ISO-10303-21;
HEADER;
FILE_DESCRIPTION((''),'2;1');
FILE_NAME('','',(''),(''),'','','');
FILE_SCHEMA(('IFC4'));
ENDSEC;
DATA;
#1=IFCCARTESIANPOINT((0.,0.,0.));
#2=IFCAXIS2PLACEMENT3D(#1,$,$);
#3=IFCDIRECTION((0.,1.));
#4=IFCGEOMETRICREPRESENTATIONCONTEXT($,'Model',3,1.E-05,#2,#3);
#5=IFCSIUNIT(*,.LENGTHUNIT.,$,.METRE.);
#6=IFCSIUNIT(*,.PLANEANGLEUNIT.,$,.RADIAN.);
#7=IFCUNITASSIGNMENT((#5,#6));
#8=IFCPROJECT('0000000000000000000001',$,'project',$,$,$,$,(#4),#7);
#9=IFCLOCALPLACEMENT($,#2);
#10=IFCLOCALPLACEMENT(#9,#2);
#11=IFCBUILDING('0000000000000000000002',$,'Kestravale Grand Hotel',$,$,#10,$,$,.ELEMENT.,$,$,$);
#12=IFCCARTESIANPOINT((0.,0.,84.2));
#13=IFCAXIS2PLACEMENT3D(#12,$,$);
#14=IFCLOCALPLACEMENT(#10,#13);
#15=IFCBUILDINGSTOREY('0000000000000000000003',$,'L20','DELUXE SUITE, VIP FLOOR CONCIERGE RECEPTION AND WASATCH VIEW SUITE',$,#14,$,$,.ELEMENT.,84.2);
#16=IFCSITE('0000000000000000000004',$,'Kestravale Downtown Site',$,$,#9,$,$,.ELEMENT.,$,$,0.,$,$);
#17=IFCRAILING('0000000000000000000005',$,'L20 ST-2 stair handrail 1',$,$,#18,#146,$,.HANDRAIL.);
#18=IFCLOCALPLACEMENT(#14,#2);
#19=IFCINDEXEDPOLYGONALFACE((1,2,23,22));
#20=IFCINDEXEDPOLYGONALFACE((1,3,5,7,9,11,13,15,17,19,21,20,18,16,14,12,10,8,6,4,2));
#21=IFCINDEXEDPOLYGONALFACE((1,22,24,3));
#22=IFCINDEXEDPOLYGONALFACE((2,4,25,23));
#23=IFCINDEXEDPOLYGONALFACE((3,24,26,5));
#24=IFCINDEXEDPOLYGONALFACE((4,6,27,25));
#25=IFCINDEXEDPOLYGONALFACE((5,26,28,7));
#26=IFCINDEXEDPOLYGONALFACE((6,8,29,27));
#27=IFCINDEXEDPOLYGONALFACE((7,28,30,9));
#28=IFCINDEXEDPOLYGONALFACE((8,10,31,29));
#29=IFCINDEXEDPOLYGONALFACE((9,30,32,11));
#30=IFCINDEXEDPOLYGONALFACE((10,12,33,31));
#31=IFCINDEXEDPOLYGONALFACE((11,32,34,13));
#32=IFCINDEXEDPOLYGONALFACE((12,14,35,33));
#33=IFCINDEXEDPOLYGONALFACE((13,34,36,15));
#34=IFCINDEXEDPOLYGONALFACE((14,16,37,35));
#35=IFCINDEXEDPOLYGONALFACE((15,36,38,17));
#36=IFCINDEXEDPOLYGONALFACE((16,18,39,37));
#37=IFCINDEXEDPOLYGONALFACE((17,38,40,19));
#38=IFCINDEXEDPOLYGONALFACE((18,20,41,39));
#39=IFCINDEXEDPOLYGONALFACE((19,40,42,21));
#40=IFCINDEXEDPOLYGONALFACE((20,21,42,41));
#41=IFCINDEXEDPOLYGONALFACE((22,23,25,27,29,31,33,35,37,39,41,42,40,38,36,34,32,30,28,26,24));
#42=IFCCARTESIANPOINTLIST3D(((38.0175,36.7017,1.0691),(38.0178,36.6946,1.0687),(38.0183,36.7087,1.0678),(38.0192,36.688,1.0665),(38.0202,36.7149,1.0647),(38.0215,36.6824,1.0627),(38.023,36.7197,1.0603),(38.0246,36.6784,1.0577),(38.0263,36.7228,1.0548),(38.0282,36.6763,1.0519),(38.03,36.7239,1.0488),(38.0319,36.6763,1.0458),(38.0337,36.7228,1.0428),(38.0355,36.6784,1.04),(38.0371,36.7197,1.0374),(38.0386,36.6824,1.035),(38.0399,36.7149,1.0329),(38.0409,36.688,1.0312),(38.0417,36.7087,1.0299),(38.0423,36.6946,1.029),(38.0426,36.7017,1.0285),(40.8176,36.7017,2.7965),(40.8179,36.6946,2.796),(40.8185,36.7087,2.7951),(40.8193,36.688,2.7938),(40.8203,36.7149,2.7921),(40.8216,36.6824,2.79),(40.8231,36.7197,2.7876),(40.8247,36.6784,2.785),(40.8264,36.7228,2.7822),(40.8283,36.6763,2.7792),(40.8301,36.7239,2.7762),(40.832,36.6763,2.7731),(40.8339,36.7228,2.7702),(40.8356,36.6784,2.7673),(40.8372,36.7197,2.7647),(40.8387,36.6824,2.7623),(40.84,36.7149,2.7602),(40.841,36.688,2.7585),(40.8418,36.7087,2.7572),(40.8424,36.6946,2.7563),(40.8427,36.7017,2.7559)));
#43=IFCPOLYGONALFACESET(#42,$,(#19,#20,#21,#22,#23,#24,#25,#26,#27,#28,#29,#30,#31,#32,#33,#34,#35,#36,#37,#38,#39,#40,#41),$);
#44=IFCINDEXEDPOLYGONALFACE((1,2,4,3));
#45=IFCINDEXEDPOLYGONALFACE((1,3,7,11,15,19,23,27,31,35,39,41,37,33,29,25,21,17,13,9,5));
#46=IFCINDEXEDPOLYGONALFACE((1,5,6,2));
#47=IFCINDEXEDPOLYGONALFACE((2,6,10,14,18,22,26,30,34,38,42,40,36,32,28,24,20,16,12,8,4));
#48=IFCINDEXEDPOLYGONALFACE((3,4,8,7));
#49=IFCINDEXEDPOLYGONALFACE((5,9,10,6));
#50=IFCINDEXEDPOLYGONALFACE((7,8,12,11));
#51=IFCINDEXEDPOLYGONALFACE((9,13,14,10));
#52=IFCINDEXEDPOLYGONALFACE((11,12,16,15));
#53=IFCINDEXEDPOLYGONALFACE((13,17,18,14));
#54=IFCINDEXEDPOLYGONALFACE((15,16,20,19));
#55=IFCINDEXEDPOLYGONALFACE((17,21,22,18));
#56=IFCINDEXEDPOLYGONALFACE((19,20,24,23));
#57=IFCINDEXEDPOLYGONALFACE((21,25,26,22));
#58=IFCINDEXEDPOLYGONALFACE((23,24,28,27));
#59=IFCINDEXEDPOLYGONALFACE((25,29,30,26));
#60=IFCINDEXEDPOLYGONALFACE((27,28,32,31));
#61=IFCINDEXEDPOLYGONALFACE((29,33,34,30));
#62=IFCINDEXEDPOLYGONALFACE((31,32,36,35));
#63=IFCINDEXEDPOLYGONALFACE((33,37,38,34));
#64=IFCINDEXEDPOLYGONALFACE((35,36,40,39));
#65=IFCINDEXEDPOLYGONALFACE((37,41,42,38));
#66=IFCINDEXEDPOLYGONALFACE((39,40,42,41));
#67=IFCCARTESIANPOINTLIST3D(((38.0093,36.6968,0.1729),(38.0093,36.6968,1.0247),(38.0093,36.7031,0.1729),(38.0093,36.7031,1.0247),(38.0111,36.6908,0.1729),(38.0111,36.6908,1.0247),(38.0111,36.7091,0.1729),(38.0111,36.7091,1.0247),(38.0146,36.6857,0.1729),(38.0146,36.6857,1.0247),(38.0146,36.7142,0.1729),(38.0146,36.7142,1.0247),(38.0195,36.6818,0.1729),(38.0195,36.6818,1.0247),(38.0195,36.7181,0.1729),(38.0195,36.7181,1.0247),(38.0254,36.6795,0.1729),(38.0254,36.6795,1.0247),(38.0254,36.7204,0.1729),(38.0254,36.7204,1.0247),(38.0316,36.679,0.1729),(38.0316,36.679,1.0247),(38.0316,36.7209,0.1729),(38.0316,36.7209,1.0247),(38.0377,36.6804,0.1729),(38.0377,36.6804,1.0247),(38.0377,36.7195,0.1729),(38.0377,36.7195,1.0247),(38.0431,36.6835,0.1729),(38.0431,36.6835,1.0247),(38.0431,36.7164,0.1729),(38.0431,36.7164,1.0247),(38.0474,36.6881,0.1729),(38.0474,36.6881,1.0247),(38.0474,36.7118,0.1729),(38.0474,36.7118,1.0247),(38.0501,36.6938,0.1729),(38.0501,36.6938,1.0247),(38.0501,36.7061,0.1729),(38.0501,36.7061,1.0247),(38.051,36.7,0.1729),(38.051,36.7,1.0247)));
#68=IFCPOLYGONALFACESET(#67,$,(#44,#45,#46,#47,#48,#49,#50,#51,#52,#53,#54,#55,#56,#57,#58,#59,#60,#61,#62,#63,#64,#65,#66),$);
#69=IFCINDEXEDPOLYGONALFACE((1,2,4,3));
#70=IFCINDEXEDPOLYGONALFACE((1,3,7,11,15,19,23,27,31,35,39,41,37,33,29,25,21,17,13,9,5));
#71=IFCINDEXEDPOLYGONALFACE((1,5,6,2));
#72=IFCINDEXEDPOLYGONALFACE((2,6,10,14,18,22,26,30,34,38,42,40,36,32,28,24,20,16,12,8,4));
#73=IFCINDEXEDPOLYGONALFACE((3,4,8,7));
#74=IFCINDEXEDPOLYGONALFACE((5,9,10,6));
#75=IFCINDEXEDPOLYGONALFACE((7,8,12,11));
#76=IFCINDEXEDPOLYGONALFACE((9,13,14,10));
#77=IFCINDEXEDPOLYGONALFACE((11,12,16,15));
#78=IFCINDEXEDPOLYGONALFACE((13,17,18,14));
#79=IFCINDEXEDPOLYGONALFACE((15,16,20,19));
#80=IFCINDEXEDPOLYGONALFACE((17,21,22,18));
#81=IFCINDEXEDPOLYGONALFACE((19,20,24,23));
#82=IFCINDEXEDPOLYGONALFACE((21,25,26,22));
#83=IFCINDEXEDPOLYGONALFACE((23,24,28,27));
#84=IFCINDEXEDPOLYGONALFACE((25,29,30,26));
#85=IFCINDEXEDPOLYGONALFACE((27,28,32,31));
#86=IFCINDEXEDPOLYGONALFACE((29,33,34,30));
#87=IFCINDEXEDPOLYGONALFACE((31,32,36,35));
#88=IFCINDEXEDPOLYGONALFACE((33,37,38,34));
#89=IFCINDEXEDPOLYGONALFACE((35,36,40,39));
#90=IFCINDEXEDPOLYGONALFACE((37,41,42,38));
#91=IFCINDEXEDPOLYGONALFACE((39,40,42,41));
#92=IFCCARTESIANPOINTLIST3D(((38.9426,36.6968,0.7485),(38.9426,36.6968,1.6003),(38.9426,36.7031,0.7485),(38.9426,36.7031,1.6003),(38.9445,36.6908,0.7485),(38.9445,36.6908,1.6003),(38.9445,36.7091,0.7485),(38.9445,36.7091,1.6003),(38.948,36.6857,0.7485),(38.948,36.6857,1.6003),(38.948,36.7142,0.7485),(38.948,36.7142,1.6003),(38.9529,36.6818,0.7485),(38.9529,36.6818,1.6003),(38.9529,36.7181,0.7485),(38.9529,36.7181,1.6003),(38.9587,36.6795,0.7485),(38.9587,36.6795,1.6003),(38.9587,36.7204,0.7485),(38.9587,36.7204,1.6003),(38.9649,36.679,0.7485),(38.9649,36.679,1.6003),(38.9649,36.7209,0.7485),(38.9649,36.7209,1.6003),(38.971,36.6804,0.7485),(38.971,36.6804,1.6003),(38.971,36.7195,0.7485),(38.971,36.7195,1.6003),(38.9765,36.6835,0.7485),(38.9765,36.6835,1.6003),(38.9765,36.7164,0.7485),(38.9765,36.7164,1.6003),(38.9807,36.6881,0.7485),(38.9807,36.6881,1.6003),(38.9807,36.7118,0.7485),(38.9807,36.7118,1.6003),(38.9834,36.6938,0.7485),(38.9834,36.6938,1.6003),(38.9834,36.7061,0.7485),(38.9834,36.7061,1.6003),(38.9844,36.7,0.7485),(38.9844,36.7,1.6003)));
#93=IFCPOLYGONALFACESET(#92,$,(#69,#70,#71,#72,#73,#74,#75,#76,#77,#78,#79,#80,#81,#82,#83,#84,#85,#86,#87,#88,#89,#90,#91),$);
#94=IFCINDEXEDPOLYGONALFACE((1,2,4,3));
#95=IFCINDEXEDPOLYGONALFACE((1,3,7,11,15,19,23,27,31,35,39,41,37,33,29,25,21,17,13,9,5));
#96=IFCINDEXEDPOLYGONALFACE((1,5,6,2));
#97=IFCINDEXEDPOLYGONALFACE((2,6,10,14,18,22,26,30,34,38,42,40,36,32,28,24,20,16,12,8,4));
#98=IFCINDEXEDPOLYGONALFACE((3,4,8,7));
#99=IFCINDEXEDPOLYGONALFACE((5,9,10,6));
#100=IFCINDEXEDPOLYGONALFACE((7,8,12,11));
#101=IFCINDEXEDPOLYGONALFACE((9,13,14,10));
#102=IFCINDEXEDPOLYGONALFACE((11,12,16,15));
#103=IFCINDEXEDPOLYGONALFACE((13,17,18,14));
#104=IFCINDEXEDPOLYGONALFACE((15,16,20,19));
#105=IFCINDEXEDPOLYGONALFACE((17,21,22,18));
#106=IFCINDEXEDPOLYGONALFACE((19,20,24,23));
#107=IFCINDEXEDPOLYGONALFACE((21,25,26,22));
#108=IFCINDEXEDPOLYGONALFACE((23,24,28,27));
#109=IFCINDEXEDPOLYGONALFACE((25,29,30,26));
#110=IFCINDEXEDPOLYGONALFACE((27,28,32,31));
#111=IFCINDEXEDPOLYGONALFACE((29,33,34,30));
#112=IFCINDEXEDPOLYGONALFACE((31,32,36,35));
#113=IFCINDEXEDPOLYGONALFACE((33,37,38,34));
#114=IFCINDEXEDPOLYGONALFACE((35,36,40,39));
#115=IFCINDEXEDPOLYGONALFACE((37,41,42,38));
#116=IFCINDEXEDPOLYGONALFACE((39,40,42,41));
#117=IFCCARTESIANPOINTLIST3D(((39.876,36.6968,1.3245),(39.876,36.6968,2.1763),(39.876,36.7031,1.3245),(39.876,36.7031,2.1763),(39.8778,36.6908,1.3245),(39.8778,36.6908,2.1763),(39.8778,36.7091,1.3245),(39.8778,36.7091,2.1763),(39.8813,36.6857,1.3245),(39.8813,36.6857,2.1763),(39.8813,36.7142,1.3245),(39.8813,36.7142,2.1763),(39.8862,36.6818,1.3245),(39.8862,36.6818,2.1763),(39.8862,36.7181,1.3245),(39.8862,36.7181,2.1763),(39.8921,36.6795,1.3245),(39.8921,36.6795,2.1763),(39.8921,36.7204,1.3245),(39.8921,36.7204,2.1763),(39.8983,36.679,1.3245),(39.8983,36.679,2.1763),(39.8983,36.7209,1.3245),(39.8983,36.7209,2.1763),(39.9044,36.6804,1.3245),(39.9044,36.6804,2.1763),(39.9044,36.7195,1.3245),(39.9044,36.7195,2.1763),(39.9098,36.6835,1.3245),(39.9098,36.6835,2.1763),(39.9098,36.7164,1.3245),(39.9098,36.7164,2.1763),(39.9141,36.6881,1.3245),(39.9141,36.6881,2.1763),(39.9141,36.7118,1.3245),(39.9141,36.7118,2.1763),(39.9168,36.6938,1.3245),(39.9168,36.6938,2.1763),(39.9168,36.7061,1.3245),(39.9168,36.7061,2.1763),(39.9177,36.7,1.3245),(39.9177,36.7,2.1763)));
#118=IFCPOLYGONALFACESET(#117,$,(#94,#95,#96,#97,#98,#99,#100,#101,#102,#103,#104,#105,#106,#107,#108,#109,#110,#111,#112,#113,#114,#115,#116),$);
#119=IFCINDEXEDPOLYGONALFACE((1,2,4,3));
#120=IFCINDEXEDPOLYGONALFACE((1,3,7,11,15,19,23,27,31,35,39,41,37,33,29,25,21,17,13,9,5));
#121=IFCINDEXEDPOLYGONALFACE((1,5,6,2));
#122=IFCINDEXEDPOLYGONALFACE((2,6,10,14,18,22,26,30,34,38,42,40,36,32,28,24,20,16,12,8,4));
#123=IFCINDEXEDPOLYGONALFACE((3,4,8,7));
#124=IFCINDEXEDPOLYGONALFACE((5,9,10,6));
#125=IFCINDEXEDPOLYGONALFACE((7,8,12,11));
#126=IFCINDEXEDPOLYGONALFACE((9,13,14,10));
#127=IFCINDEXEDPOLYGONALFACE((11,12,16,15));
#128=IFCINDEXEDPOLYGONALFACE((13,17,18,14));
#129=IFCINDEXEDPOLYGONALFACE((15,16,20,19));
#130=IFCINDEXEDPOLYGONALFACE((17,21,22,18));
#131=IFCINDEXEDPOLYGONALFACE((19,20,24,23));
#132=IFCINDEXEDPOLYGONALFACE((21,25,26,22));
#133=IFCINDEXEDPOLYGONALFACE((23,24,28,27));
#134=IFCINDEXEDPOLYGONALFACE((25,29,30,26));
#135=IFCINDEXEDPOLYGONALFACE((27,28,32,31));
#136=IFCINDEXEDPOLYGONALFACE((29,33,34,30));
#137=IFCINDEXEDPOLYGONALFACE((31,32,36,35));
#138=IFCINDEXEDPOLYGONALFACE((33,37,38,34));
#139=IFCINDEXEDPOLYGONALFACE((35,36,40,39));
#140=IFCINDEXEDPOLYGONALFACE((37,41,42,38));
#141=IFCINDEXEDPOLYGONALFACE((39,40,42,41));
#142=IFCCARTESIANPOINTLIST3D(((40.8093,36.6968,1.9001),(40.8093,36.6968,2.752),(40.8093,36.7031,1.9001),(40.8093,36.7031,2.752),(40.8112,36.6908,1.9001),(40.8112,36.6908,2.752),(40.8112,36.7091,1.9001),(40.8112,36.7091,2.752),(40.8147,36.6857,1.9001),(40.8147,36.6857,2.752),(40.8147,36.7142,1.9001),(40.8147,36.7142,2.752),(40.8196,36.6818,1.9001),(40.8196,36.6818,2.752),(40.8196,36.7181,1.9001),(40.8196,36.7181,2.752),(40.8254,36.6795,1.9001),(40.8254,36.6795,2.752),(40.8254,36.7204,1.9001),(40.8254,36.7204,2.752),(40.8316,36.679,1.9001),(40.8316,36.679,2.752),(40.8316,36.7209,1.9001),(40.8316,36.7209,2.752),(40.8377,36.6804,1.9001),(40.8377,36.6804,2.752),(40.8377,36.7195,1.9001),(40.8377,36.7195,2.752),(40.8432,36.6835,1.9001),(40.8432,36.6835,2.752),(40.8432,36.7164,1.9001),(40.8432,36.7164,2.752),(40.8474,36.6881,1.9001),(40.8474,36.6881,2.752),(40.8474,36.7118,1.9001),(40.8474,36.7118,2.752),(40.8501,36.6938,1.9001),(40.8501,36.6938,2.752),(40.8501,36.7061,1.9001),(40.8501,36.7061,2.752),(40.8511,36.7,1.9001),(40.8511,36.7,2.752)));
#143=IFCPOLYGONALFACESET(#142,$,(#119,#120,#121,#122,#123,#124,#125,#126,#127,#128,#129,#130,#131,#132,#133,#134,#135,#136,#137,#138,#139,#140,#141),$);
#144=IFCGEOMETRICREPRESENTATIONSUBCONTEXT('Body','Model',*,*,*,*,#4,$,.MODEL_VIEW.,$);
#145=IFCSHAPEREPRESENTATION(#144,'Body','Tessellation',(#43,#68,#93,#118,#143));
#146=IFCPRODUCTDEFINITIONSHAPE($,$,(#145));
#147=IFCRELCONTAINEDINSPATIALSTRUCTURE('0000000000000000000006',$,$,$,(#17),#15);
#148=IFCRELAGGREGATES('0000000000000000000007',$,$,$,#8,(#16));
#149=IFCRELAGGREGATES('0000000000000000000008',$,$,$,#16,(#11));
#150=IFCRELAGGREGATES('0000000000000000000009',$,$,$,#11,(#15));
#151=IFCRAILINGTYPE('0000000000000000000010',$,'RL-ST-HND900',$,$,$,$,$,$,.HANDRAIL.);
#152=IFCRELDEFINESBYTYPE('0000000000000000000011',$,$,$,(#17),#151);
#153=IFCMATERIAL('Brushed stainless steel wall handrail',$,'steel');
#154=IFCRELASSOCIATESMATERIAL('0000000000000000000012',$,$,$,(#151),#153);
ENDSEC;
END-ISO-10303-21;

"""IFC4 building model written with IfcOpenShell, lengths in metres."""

from ifc_helpers import new_model, si_unit, direction, frame, origin, origin_2d, place, context, subcontext, project, spatial, circle, extrude, material, type_object, element, save


model = new_model("IFC4")

# Units and contexts
model_context = context("Model", 3, precision=1e-05, world=origin(), true_north=direction((0.0, 1.0)))
body_context = subcontext(model_context, "Body", "Model", "MODEL_VIEW")
ifc_project = project(units=[si_unit("LENGTHUNIT", "METRE"), si_unit("PLANEANGLEUNIT", "RADIAN")], contexts=[model_context])

# Site, building, storey
site_placement = place(None, origin())
site = spatial("IfcSite", under=ifc_project, at=site_placement, Name="Kestravale Downtown Site", CompositionType="ELEMENT", RefElevation=0.0)
building_placement = place(site_placement, origin())
building = spatial("IfcBuilding", under=site, at=building_placement, Name="Kestravale Grand Hotel", CompositionType="ELEMENT")
storey_placement = place(building_placement, frame((0.0, 0.0, 84.2)))
storey = spatial("IfcBuildingStorey", under=building, at=storey_placement, Name="L20", Description="DELUXE SUITE, VIP FLOOR CONCIERGE RECEPTION AND WASATCH VIEW SUITE", CompositionType="ELEMENT", Elevation=84.2)

# Railing
ifc_material_1 = material(Name="Brushed stainless steel wall handrail", Category="steel")
railing_type_1 = type_object("IfcRailingType", Name="RL-ST-HND900", PredefinedType="HANDRAIL", material=ifc_material_1)
railing_1_placement = place(storey_placement, frame((38.03, 36.7, 0.1729)))
element("IfcRailing", 1, at=railing_1_placement, inside=storey, type_object=railing_type_1, Name="L20 ST-2 stair handrail 1", PredefinedType="HANDRAIL", context=body_context, shape_type="SweptSolid", body=[
    extrude(circle(Radius=0.0239, at=origin_2d()), frame((0.0, 0.0, 0.876), z_axis=(0.85109, 0.0, 0.52502), x_axis=(0.0, 1.0, 0.0)), (0.0, 0.0, 1.0), 3.29),
    extrude(circle(Radius=0.021, at=origin_2d()), origin(), (0.0, 0.0, 1.0), 0.8518),
    extrude(circle(Radius=0.021, at=origin_2d()), frame((0.9333, 0.0, 0.5757)), (0.0, 0.0, 1.0), 0.8518),
    extrude(circle(Radius=0.021, at=origin_2d()), frame((1.8667, 0.0, 1.1516)), (0.0, 0.0, 1.0), 0.8518),
    extrude(circle(Radius=0.021, at=origin_2d()), frame((2.8, 0.0, 1.7273)), (0.0, 0.0, 1.0), 0.8518),
])

save(model, "model.ifc")
